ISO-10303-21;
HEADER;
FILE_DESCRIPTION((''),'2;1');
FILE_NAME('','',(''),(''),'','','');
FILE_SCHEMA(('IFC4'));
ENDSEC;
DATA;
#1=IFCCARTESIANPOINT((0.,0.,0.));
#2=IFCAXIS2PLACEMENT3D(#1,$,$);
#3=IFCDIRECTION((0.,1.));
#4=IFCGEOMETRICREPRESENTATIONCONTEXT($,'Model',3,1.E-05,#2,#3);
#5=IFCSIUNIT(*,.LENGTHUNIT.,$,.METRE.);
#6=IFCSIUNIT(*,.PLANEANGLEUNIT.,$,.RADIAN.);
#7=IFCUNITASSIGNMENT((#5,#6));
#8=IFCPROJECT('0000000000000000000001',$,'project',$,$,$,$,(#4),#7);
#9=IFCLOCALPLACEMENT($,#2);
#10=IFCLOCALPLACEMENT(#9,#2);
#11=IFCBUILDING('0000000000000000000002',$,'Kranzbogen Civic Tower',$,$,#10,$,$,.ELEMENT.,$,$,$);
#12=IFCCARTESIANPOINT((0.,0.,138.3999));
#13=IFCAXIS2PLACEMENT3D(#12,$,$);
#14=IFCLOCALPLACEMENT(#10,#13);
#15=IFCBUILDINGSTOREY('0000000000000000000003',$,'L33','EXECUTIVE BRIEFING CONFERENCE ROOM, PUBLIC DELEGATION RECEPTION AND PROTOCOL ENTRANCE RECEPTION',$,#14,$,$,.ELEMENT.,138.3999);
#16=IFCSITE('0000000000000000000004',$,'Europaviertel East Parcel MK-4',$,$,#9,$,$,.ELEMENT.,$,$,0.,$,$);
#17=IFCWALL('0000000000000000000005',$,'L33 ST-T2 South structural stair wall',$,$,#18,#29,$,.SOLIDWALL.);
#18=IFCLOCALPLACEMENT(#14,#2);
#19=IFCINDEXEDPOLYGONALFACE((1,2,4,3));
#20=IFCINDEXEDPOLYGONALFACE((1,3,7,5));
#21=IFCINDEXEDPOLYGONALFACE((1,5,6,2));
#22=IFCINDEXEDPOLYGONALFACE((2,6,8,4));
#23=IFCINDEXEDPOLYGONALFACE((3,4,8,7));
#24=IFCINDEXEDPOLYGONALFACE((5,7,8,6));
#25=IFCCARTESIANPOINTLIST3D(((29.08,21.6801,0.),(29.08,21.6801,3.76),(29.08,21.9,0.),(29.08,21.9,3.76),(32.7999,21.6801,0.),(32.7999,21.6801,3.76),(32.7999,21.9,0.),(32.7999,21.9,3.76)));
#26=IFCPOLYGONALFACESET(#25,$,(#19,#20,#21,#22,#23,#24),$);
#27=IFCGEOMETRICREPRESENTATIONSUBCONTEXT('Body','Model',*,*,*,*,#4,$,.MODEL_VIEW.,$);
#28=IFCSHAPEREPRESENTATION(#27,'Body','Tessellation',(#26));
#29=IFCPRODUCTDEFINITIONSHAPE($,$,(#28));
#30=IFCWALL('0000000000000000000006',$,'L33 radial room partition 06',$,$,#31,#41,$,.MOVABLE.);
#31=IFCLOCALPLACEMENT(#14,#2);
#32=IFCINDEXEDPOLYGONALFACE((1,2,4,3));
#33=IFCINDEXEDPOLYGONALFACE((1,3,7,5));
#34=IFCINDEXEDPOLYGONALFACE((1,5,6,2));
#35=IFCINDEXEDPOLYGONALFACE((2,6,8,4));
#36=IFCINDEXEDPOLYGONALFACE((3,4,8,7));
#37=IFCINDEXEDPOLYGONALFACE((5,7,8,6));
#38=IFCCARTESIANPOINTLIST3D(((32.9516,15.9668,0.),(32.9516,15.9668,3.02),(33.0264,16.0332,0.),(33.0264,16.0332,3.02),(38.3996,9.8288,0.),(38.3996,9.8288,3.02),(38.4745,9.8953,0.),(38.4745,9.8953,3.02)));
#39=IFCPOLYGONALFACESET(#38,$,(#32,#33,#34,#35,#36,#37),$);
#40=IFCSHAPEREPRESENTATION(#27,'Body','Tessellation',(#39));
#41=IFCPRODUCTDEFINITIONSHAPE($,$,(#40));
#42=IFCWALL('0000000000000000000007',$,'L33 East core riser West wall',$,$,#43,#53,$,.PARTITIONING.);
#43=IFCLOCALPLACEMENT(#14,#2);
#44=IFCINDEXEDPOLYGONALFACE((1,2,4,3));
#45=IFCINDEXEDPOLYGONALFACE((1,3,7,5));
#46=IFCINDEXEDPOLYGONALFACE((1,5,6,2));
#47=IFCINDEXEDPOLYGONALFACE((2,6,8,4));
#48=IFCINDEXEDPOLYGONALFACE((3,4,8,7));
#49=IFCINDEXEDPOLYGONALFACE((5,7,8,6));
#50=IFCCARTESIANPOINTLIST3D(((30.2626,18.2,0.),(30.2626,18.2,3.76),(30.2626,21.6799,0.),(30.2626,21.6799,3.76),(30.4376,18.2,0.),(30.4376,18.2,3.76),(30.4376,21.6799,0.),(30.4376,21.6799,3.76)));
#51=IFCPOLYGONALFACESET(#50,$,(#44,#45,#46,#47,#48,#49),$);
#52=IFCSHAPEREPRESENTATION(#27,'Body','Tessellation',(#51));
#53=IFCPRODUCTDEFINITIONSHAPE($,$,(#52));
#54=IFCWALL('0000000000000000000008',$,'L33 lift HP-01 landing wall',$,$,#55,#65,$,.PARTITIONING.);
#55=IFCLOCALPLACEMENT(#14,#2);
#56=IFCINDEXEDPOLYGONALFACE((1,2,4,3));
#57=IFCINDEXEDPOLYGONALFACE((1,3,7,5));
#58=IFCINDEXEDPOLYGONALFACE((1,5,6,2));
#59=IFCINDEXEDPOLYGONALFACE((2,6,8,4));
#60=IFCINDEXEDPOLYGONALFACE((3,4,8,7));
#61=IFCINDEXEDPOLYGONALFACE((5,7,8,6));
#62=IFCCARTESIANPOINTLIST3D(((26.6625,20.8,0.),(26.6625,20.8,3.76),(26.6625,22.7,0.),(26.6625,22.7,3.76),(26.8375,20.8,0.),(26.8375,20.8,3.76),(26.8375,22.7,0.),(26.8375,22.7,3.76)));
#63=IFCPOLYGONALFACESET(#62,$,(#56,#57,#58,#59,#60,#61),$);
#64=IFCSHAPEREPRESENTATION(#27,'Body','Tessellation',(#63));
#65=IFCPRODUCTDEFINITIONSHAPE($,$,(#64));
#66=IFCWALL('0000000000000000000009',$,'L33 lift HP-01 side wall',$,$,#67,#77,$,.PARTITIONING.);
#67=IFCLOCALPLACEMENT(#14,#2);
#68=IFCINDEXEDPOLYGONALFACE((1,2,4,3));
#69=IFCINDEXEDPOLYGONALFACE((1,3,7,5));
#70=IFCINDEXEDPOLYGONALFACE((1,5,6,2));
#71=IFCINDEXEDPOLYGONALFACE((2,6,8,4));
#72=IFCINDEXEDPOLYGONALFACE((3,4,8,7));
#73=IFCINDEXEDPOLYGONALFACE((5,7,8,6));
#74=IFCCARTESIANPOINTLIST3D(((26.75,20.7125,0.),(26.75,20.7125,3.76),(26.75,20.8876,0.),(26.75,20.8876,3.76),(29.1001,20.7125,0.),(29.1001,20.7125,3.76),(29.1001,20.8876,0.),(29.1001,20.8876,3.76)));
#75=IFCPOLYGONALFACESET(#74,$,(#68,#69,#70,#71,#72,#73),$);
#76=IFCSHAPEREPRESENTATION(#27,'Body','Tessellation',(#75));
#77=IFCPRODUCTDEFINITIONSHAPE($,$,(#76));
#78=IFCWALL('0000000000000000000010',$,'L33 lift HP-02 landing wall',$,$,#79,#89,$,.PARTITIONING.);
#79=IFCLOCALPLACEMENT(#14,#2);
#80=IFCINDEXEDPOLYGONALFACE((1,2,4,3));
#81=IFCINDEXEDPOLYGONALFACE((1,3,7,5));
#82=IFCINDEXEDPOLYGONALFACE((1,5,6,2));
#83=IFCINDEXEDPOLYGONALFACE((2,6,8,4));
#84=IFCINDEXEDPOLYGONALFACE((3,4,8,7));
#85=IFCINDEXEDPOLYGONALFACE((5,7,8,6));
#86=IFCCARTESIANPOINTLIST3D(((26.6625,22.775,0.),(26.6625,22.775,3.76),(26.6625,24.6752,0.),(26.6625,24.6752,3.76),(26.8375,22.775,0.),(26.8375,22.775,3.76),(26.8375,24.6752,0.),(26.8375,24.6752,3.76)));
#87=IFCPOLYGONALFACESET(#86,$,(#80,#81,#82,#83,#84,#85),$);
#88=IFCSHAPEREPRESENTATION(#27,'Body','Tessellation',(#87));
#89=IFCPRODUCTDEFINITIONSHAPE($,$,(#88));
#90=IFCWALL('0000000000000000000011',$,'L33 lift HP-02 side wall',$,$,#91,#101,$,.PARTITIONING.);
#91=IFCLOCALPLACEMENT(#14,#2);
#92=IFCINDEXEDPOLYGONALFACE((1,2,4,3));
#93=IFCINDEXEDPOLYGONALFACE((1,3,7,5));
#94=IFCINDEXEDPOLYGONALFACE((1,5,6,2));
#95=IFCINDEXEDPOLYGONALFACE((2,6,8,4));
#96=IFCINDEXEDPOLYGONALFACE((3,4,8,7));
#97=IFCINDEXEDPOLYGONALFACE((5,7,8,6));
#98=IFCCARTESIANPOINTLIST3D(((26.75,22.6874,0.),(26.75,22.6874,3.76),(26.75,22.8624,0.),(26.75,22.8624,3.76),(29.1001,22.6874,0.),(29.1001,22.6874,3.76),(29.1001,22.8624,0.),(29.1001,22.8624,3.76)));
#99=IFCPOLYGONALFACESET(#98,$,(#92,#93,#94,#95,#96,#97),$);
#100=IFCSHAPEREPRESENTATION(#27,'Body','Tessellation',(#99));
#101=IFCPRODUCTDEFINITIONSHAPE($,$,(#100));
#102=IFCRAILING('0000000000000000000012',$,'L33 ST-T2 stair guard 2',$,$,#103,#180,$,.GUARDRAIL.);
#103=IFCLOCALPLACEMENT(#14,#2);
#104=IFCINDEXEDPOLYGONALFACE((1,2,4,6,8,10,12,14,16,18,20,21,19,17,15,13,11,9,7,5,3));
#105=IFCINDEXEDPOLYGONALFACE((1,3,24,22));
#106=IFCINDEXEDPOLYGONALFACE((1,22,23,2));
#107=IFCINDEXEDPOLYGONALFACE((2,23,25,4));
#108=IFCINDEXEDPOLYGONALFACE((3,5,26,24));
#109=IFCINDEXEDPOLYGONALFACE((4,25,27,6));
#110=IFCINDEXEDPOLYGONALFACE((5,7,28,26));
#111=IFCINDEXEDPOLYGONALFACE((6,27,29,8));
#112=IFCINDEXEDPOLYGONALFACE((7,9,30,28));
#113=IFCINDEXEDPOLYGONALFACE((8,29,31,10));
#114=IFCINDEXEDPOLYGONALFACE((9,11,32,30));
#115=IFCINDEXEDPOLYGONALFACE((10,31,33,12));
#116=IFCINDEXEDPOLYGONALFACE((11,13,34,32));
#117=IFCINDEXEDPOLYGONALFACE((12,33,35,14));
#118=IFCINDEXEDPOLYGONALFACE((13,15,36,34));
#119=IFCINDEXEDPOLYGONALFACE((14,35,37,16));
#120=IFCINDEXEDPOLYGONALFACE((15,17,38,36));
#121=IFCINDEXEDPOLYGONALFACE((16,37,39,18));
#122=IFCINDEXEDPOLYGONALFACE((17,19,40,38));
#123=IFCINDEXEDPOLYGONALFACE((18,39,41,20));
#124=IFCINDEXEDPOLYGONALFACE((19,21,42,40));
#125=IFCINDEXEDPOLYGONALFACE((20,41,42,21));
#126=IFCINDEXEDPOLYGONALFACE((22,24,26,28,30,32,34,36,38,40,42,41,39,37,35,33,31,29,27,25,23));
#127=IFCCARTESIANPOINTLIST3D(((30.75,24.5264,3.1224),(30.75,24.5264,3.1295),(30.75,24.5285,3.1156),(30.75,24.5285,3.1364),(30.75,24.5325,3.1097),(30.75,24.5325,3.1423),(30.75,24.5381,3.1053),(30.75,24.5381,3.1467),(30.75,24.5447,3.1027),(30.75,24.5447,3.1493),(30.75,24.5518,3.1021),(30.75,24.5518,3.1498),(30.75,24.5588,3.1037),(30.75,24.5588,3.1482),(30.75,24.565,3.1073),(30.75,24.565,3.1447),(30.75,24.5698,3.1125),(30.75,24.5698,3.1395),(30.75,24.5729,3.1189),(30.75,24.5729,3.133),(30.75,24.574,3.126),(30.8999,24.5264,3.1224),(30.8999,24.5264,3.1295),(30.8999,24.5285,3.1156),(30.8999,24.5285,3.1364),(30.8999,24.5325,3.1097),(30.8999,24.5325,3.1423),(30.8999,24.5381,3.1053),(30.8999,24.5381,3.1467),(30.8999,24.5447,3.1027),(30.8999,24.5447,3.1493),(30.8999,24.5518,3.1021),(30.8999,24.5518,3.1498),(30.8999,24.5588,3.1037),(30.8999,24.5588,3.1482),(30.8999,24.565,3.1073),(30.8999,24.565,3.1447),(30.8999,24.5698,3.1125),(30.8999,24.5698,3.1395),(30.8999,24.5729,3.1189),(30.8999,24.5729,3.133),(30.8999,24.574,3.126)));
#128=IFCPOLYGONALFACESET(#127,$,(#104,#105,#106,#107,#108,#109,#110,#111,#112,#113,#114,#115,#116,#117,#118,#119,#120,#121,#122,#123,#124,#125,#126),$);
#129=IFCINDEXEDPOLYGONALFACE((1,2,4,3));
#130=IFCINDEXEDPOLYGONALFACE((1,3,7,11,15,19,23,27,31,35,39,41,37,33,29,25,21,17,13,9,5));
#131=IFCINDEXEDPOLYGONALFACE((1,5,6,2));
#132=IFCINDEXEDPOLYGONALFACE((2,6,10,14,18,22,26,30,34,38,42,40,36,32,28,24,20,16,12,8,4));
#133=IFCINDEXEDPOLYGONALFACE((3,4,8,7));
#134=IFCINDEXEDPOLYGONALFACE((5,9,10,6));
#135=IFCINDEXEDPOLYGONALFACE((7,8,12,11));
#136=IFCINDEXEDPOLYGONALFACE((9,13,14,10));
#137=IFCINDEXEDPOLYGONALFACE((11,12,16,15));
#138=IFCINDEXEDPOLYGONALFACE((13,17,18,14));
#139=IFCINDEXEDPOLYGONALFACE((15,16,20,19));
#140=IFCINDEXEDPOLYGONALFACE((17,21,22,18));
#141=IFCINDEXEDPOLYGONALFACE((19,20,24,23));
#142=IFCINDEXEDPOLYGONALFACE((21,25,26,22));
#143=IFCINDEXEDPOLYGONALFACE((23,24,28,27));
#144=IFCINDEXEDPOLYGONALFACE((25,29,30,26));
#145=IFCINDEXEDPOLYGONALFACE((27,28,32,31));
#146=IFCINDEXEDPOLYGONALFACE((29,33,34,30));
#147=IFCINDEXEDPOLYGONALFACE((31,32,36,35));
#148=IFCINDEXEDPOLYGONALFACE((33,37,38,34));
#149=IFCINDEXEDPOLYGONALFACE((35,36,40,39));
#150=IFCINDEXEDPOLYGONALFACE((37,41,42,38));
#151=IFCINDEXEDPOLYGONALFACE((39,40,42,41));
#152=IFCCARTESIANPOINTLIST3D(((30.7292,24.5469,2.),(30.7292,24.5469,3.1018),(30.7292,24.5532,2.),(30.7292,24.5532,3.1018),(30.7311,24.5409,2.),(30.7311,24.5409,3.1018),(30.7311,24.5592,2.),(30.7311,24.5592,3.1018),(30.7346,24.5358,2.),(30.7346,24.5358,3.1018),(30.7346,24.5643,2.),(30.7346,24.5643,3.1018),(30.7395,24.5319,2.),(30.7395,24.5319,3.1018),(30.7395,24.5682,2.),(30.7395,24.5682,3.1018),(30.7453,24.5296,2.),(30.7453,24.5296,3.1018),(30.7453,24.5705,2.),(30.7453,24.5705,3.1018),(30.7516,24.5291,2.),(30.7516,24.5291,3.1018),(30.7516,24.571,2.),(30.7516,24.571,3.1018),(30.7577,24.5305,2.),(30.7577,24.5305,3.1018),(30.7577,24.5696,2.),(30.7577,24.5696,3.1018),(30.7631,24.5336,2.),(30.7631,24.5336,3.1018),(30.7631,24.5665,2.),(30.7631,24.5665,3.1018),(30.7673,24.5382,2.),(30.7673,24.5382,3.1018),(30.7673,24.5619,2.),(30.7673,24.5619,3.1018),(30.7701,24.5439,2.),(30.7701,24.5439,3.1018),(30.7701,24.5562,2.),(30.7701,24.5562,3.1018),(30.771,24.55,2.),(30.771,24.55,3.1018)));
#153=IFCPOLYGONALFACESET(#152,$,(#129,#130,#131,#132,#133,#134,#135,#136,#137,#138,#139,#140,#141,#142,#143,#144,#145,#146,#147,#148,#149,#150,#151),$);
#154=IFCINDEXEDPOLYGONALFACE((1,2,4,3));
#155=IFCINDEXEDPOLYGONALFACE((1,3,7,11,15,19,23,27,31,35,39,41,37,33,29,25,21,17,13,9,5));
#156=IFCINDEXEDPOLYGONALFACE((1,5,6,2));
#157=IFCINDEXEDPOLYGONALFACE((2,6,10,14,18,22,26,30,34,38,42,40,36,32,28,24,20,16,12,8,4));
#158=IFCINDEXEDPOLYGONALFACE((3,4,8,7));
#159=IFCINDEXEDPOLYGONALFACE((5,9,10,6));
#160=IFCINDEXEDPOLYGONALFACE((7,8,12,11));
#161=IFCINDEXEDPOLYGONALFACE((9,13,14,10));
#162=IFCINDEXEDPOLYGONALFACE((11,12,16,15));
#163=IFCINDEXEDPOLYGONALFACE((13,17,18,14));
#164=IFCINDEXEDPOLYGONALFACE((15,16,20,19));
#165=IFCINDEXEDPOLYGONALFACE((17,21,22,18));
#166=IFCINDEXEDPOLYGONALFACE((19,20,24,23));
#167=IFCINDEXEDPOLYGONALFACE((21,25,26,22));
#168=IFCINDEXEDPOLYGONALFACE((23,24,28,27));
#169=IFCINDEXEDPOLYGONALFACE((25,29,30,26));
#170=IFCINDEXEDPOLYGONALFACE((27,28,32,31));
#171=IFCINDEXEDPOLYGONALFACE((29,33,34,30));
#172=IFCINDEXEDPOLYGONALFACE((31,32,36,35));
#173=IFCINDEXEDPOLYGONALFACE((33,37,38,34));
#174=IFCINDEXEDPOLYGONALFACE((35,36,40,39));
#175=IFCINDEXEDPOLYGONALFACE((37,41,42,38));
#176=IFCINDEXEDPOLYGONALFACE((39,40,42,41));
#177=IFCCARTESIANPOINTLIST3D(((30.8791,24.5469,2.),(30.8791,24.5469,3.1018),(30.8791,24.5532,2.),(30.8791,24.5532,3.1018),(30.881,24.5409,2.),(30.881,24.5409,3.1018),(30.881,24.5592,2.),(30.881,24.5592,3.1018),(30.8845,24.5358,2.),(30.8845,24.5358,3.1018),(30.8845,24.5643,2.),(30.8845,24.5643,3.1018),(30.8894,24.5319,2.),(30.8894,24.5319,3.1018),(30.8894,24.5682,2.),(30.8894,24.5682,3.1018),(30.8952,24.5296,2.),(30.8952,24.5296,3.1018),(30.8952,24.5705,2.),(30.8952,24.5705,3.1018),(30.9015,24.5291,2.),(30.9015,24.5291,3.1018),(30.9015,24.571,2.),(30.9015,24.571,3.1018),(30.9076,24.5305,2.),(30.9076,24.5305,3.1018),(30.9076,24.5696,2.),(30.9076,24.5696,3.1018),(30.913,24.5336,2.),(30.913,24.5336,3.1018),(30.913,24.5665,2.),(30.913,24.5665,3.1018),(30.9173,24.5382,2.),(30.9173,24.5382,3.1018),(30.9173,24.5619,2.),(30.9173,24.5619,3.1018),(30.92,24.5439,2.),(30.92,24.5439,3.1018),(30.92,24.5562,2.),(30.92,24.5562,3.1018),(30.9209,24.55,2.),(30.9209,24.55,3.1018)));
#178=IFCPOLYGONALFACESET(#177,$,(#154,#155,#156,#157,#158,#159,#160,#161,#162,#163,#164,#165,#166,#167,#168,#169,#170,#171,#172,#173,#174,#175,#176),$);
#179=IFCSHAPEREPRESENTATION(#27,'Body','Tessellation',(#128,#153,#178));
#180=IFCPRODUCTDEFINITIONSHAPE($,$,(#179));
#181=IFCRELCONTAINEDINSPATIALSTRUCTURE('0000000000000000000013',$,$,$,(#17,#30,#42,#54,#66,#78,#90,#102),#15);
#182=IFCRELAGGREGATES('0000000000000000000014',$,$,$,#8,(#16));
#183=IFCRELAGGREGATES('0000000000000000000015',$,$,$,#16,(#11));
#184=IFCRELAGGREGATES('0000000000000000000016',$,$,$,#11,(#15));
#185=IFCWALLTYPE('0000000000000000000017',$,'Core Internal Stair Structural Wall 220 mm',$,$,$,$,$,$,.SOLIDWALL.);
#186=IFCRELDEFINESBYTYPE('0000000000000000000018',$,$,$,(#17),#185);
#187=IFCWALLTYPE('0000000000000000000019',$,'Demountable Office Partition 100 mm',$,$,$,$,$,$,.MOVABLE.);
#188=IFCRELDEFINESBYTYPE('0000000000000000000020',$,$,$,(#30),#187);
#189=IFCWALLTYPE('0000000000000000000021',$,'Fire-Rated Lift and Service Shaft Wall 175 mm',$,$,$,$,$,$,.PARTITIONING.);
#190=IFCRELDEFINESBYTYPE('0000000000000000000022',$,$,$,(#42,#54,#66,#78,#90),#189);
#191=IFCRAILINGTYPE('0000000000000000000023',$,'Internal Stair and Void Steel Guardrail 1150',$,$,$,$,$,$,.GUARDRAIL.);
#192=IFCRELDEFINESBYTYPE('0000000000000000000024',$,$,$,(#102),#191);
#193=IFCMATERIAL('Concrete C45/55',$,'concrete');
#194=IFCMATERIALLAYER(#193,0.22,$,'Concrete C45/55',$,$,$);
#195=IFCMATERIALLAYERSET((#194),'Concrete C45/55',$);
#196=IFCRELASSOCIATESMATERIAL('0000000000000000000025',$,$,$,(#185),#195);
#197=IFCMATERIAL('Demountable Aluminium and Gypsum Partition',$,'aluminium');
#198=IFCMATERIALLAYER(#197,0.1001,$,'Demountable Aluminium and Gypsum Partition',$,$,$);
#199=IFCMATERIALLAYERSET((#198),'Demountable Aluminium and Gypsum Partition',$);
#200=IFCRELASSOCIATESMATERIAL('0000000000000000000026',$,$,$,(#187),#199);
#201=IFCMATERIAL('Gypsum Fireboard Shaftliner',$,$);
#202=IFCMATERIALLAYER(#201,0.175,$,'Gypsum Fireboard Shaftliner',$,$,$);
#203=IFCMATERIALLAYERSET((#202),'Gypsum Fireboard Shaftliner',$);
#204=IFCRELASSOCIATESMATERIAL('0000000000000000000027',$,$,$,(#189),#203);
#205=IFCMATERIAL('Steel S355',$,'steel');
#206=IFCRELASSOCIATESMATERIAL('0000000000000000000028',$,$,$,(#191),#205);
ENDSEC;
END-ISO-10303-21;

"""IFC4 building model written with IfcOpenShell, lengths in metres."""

from ifc_helpers import new_model, si_unit, direction, frame, frame_2d, origin, origin_2d, place, context, subcontext, project, spatial, rectangle, circle, extrude, material, layer, layer_set, type_object, element, save


model = new_model("IFC4")

# Units and contexts
model_context = context("Model", 3, precision=1e-05, world=origin(), true_north=direction((0.0, 1.0)))
body_context = subcontext(model_context, "Body", "Model", "MODEL_VIEW")
ifc_project = project(units=[si_unit("LENGTHUNIT", "METRE"), si_unit("PLANEANGLEUNIT", "RADIAN")], contexts=[model_context])

# Site, building, storey
site_placement = place(None, origin())
site = spatial("IfcSite", under=ifc_project, at=site_placement, Name="Europaviertel East Parcel MK-4", CompositionType="ELEMENT", RefElevation=0.0)
building_placement = place(site_placement, origin())
building = spatial("IfcBuilding", under=site, at=building_placement, Name="Kranzbogen Civic Tower", CompositionType="ELEMENT")
storey_placement = place(building_placement, frame((0.0, 0.0, 138.3999)))
storey = spatial("IfcBuildingStorey", under=building, at=storey_placement, Name="L33", Description="EXECUTIVE BRIEFING CONFERENCE ROOM, PUBLIC DELEGATION RECEPTION AND PROTOCOL ENTRANCE RECEPTION", CompositionType="ELEMENT", Elevation=138.3999)

# Shared definitions
ifc_material_1 = material(Name="Steel S355", Category="steel")

# Shared definitions
ifc_material_2 = material(Name="Concrete C45/55", Category="concrete")
ifc_layer_1 = layer(ifc_material_2, 0.22, Name="Concrete C45/55")
ifc_layer_set_1 = layer_set([ifc_layer_1], Name="Concrete C45/55")
wall_type_1 = type_object("IfcWallType", Name="Core Internal Stair Structural Wall 220 mm", PredefinedType="SOLIDWALL", material=ifc_layer_set_1)

# Walls
wall_1_placement = place(storey_placement, frame((29.0801, 21.79, 0.0), z_axis=(0.0, 0.0, 1.0), x_axis=(1.0, 0.0, 0.0)))
element("IfcWall", 1, at=wall_1_placement, inside=storey, type_object=wall_type_1, Name="L33 ST-T2 South structural stair wall", PredefinedType="SOLIDWALL", context=body_context, shape_type="SweptSolid", body=[
    extrude(rectangle(XDim=3.72, YDim=0.22, at=frame_2d((1.8599, 0.0))), origin(), (0.0, 0.0, 1.0), 3.76),
])
ifc_material_3 = material(Name="Demountable Aluminium and Gypsum Partition", Category="aluminium")
ifc_layer_2 = layer(ifc_material_3, 0.1001, Name="Demountable Aluminium and Gypsum Partition")
ifc_layer_set_2 = layer_set([ifc_layer_2], Name="Demountable Aluminium and Gypsum Partition")
wall_type_2 = type_object("IfcWallType", Name="Demountable Office Partition 100 mm", PredefinedType="MOVABLE", material=ifc_layer_set_2)
wall_2_placement = place(storey_placement, frame((32.989, 16.0, 0.0), z_axis=(0.0, 0.0, 1.0), x_axis=(0.663823, -0.74789, 0.0)))
element("IfcWall", 2, at=wall_2_placement, inside=storey, type_object=wall_type_2, Name="L33 radial room partition 06", PredefinedType="MOVABLE", context=body_context, shape_type="SweptSolid", body=[
    extrude(rectangle(XDim=8.207, YDim=0.1001, at=frame_2d((4.1035, 0.0))), origin(), (0.0, 0.0, 1.0), 3.02),
])
ifc_material_4 = material(Name="Gypsum Fireboard Shaftliner")
ifc_layer_3 = layer(ifc_material_4, 0.175, Name="Gypsum Fireboard Shaftliner")
ifc_layer_set_3 = layer_set([ifc_layer_3], Name="Gypsum Fireboard Shaftliner")
wall_type_3 = type_object("IfcWallType", Name="Fire-Rated Lift and Service Shaft Wall 175 mm", PredefinedType="PARTITIONING", material=ifc_layer_set_3)
wall_3_placement = place(storey_placement, frame((30.3501, 18.2, 0.0), z_axis=(0.0, 0.0, 1.0), x_axis=(0.0, 1.0, 0.0)))
element("IfcWall", 3, at=wall_3_placement, inside=storey, type_object=wall_type_3, Name="L33 East core riser West wall", PredefinedType="PARTITIONING", context=body_context, shape_type="SweptSolid", body=[
    extrude(rectangle(XDim=3.48, YDim=0.175, at=frame_2d((1.74, 0.0))), origin(), (0.0, 0.0, 1.0), 3.76),
])
wall_4_placement = place(storey_placement, frame((26.75, 20.8, 0.0), z_axis=(0.0, 0.0, 1.0), x_axis=(0.0, 1.0, 0.0)))
element("IfcWall", 4, at=wall_4_placement, inside=storey, type_object=wall_type_3, Name="L33 lift HP-01 landing wall", PredefinedType="PARTITIONING", context=body_context, shape_type="SweptSolid", body=[
    extrude(rectangle(XDim=1.8999, YDim=0.175, at=frame_2d((0.95, 0.0))), origin(), (0.0, 0.0, 1.0), 3.76),
])
wall_5_placement = place(storey_placement, frame((26.75, 20.8, 0.0), z_axis=(0.0, 0.0, 1.0), x_axis=(1.0, 0.0, 0.0)))
element("IfcWall", 5, at=wall_5_placement, inside=storey, type_object=wall_type_3, Name="L33 lift HP-01 side wall", PredefinedType="PARTITIONING", context=body_context, shape_type="SweptSolid", body=[
    extrude(rectangle(XDim=2.3501, YDim=0.175, at=frame_2d((1.175, 0.0))), origin(), (0.0, 0.0, 1.0), 3.76),
])
wall_6_placement = place(storey_placement, frame((26.75, 22.7749, 0.0), z_axis=(0.0, 0.0, 1.0), x_axis=(0.0, 1.0, 0.0)))
element("IfcWall", 6, at=wall_6_placement, inside=storey, type_object=wall_type_3, Name="L33 lift HP-02 landing wall", PredefinedType="PARTITIONING", context=body_context, shape_type="SweptSolid", body=[
    extrude(rectangle(XDim=1.9001, YDim=0.175, at=frame_2d((0.9502, 0.0))), origin(), (0.0, 0.0, 1.0), 3.76),
])
wall_7_placement = place(storey_placement, frame((26.75, 22.7749, 0.0), z_axis=(0.0, 0.0, 1.0), x_axis=(1.0, 0.0, 0.0)))
element("IfcWall", 7, at=wall_7_placement, inside=storey, type_object=wall_type_3, Name="L33 lift HP-02 side wall", PredefinedType="PARTITIONING", context=body_context, shape_type="SweptSolid", body=[
    extrude(rectangle(XDim=2.3501, YDim=0.175, at=frame_2d((1.175, 0.0))), origin(), (0.0, 0.0, 1.0), 3.76),
])

# Railing
railing_type = type_object("IfcRailingType", Name="Internal Stair and Void Steel Guardrail 1150", PredefinedType="GUARDRAIL", material=ifc_material_1)
railing_placement = place(storey_placement, frame((30.75, 24.55, 2.0)))
element("IfcRailing", 8, at=railing_placement, inside=storey, type_object=railing_type, Name="L33 ST-T2 stair guard 2", PredefinedType="GUARDRAIL", context=body_context, shape_type="SweptSolid", body=[
    extrude(circle(Radius=0.0239, at=origin_2d()), frame((0.0, 0.0, 1.126), z_axis=(1.0, 0.0, 0.0), x_axis=(0.0, 1.0, 0.0)), (0.0, 0.0, 1.0), 0.1499),
    extrude(circle(Radius=0.021, at=origin_2d()), origin(), (0.0, 0.0, 1.0), 1.1018),
    extrude(circle(Radius=0.021, at=origin_2d()), frame((0.1499, 0.0, 0.0)), (0.0, 0.0, 1.0), 1.1018),
])

save(model, "model.ifc")
